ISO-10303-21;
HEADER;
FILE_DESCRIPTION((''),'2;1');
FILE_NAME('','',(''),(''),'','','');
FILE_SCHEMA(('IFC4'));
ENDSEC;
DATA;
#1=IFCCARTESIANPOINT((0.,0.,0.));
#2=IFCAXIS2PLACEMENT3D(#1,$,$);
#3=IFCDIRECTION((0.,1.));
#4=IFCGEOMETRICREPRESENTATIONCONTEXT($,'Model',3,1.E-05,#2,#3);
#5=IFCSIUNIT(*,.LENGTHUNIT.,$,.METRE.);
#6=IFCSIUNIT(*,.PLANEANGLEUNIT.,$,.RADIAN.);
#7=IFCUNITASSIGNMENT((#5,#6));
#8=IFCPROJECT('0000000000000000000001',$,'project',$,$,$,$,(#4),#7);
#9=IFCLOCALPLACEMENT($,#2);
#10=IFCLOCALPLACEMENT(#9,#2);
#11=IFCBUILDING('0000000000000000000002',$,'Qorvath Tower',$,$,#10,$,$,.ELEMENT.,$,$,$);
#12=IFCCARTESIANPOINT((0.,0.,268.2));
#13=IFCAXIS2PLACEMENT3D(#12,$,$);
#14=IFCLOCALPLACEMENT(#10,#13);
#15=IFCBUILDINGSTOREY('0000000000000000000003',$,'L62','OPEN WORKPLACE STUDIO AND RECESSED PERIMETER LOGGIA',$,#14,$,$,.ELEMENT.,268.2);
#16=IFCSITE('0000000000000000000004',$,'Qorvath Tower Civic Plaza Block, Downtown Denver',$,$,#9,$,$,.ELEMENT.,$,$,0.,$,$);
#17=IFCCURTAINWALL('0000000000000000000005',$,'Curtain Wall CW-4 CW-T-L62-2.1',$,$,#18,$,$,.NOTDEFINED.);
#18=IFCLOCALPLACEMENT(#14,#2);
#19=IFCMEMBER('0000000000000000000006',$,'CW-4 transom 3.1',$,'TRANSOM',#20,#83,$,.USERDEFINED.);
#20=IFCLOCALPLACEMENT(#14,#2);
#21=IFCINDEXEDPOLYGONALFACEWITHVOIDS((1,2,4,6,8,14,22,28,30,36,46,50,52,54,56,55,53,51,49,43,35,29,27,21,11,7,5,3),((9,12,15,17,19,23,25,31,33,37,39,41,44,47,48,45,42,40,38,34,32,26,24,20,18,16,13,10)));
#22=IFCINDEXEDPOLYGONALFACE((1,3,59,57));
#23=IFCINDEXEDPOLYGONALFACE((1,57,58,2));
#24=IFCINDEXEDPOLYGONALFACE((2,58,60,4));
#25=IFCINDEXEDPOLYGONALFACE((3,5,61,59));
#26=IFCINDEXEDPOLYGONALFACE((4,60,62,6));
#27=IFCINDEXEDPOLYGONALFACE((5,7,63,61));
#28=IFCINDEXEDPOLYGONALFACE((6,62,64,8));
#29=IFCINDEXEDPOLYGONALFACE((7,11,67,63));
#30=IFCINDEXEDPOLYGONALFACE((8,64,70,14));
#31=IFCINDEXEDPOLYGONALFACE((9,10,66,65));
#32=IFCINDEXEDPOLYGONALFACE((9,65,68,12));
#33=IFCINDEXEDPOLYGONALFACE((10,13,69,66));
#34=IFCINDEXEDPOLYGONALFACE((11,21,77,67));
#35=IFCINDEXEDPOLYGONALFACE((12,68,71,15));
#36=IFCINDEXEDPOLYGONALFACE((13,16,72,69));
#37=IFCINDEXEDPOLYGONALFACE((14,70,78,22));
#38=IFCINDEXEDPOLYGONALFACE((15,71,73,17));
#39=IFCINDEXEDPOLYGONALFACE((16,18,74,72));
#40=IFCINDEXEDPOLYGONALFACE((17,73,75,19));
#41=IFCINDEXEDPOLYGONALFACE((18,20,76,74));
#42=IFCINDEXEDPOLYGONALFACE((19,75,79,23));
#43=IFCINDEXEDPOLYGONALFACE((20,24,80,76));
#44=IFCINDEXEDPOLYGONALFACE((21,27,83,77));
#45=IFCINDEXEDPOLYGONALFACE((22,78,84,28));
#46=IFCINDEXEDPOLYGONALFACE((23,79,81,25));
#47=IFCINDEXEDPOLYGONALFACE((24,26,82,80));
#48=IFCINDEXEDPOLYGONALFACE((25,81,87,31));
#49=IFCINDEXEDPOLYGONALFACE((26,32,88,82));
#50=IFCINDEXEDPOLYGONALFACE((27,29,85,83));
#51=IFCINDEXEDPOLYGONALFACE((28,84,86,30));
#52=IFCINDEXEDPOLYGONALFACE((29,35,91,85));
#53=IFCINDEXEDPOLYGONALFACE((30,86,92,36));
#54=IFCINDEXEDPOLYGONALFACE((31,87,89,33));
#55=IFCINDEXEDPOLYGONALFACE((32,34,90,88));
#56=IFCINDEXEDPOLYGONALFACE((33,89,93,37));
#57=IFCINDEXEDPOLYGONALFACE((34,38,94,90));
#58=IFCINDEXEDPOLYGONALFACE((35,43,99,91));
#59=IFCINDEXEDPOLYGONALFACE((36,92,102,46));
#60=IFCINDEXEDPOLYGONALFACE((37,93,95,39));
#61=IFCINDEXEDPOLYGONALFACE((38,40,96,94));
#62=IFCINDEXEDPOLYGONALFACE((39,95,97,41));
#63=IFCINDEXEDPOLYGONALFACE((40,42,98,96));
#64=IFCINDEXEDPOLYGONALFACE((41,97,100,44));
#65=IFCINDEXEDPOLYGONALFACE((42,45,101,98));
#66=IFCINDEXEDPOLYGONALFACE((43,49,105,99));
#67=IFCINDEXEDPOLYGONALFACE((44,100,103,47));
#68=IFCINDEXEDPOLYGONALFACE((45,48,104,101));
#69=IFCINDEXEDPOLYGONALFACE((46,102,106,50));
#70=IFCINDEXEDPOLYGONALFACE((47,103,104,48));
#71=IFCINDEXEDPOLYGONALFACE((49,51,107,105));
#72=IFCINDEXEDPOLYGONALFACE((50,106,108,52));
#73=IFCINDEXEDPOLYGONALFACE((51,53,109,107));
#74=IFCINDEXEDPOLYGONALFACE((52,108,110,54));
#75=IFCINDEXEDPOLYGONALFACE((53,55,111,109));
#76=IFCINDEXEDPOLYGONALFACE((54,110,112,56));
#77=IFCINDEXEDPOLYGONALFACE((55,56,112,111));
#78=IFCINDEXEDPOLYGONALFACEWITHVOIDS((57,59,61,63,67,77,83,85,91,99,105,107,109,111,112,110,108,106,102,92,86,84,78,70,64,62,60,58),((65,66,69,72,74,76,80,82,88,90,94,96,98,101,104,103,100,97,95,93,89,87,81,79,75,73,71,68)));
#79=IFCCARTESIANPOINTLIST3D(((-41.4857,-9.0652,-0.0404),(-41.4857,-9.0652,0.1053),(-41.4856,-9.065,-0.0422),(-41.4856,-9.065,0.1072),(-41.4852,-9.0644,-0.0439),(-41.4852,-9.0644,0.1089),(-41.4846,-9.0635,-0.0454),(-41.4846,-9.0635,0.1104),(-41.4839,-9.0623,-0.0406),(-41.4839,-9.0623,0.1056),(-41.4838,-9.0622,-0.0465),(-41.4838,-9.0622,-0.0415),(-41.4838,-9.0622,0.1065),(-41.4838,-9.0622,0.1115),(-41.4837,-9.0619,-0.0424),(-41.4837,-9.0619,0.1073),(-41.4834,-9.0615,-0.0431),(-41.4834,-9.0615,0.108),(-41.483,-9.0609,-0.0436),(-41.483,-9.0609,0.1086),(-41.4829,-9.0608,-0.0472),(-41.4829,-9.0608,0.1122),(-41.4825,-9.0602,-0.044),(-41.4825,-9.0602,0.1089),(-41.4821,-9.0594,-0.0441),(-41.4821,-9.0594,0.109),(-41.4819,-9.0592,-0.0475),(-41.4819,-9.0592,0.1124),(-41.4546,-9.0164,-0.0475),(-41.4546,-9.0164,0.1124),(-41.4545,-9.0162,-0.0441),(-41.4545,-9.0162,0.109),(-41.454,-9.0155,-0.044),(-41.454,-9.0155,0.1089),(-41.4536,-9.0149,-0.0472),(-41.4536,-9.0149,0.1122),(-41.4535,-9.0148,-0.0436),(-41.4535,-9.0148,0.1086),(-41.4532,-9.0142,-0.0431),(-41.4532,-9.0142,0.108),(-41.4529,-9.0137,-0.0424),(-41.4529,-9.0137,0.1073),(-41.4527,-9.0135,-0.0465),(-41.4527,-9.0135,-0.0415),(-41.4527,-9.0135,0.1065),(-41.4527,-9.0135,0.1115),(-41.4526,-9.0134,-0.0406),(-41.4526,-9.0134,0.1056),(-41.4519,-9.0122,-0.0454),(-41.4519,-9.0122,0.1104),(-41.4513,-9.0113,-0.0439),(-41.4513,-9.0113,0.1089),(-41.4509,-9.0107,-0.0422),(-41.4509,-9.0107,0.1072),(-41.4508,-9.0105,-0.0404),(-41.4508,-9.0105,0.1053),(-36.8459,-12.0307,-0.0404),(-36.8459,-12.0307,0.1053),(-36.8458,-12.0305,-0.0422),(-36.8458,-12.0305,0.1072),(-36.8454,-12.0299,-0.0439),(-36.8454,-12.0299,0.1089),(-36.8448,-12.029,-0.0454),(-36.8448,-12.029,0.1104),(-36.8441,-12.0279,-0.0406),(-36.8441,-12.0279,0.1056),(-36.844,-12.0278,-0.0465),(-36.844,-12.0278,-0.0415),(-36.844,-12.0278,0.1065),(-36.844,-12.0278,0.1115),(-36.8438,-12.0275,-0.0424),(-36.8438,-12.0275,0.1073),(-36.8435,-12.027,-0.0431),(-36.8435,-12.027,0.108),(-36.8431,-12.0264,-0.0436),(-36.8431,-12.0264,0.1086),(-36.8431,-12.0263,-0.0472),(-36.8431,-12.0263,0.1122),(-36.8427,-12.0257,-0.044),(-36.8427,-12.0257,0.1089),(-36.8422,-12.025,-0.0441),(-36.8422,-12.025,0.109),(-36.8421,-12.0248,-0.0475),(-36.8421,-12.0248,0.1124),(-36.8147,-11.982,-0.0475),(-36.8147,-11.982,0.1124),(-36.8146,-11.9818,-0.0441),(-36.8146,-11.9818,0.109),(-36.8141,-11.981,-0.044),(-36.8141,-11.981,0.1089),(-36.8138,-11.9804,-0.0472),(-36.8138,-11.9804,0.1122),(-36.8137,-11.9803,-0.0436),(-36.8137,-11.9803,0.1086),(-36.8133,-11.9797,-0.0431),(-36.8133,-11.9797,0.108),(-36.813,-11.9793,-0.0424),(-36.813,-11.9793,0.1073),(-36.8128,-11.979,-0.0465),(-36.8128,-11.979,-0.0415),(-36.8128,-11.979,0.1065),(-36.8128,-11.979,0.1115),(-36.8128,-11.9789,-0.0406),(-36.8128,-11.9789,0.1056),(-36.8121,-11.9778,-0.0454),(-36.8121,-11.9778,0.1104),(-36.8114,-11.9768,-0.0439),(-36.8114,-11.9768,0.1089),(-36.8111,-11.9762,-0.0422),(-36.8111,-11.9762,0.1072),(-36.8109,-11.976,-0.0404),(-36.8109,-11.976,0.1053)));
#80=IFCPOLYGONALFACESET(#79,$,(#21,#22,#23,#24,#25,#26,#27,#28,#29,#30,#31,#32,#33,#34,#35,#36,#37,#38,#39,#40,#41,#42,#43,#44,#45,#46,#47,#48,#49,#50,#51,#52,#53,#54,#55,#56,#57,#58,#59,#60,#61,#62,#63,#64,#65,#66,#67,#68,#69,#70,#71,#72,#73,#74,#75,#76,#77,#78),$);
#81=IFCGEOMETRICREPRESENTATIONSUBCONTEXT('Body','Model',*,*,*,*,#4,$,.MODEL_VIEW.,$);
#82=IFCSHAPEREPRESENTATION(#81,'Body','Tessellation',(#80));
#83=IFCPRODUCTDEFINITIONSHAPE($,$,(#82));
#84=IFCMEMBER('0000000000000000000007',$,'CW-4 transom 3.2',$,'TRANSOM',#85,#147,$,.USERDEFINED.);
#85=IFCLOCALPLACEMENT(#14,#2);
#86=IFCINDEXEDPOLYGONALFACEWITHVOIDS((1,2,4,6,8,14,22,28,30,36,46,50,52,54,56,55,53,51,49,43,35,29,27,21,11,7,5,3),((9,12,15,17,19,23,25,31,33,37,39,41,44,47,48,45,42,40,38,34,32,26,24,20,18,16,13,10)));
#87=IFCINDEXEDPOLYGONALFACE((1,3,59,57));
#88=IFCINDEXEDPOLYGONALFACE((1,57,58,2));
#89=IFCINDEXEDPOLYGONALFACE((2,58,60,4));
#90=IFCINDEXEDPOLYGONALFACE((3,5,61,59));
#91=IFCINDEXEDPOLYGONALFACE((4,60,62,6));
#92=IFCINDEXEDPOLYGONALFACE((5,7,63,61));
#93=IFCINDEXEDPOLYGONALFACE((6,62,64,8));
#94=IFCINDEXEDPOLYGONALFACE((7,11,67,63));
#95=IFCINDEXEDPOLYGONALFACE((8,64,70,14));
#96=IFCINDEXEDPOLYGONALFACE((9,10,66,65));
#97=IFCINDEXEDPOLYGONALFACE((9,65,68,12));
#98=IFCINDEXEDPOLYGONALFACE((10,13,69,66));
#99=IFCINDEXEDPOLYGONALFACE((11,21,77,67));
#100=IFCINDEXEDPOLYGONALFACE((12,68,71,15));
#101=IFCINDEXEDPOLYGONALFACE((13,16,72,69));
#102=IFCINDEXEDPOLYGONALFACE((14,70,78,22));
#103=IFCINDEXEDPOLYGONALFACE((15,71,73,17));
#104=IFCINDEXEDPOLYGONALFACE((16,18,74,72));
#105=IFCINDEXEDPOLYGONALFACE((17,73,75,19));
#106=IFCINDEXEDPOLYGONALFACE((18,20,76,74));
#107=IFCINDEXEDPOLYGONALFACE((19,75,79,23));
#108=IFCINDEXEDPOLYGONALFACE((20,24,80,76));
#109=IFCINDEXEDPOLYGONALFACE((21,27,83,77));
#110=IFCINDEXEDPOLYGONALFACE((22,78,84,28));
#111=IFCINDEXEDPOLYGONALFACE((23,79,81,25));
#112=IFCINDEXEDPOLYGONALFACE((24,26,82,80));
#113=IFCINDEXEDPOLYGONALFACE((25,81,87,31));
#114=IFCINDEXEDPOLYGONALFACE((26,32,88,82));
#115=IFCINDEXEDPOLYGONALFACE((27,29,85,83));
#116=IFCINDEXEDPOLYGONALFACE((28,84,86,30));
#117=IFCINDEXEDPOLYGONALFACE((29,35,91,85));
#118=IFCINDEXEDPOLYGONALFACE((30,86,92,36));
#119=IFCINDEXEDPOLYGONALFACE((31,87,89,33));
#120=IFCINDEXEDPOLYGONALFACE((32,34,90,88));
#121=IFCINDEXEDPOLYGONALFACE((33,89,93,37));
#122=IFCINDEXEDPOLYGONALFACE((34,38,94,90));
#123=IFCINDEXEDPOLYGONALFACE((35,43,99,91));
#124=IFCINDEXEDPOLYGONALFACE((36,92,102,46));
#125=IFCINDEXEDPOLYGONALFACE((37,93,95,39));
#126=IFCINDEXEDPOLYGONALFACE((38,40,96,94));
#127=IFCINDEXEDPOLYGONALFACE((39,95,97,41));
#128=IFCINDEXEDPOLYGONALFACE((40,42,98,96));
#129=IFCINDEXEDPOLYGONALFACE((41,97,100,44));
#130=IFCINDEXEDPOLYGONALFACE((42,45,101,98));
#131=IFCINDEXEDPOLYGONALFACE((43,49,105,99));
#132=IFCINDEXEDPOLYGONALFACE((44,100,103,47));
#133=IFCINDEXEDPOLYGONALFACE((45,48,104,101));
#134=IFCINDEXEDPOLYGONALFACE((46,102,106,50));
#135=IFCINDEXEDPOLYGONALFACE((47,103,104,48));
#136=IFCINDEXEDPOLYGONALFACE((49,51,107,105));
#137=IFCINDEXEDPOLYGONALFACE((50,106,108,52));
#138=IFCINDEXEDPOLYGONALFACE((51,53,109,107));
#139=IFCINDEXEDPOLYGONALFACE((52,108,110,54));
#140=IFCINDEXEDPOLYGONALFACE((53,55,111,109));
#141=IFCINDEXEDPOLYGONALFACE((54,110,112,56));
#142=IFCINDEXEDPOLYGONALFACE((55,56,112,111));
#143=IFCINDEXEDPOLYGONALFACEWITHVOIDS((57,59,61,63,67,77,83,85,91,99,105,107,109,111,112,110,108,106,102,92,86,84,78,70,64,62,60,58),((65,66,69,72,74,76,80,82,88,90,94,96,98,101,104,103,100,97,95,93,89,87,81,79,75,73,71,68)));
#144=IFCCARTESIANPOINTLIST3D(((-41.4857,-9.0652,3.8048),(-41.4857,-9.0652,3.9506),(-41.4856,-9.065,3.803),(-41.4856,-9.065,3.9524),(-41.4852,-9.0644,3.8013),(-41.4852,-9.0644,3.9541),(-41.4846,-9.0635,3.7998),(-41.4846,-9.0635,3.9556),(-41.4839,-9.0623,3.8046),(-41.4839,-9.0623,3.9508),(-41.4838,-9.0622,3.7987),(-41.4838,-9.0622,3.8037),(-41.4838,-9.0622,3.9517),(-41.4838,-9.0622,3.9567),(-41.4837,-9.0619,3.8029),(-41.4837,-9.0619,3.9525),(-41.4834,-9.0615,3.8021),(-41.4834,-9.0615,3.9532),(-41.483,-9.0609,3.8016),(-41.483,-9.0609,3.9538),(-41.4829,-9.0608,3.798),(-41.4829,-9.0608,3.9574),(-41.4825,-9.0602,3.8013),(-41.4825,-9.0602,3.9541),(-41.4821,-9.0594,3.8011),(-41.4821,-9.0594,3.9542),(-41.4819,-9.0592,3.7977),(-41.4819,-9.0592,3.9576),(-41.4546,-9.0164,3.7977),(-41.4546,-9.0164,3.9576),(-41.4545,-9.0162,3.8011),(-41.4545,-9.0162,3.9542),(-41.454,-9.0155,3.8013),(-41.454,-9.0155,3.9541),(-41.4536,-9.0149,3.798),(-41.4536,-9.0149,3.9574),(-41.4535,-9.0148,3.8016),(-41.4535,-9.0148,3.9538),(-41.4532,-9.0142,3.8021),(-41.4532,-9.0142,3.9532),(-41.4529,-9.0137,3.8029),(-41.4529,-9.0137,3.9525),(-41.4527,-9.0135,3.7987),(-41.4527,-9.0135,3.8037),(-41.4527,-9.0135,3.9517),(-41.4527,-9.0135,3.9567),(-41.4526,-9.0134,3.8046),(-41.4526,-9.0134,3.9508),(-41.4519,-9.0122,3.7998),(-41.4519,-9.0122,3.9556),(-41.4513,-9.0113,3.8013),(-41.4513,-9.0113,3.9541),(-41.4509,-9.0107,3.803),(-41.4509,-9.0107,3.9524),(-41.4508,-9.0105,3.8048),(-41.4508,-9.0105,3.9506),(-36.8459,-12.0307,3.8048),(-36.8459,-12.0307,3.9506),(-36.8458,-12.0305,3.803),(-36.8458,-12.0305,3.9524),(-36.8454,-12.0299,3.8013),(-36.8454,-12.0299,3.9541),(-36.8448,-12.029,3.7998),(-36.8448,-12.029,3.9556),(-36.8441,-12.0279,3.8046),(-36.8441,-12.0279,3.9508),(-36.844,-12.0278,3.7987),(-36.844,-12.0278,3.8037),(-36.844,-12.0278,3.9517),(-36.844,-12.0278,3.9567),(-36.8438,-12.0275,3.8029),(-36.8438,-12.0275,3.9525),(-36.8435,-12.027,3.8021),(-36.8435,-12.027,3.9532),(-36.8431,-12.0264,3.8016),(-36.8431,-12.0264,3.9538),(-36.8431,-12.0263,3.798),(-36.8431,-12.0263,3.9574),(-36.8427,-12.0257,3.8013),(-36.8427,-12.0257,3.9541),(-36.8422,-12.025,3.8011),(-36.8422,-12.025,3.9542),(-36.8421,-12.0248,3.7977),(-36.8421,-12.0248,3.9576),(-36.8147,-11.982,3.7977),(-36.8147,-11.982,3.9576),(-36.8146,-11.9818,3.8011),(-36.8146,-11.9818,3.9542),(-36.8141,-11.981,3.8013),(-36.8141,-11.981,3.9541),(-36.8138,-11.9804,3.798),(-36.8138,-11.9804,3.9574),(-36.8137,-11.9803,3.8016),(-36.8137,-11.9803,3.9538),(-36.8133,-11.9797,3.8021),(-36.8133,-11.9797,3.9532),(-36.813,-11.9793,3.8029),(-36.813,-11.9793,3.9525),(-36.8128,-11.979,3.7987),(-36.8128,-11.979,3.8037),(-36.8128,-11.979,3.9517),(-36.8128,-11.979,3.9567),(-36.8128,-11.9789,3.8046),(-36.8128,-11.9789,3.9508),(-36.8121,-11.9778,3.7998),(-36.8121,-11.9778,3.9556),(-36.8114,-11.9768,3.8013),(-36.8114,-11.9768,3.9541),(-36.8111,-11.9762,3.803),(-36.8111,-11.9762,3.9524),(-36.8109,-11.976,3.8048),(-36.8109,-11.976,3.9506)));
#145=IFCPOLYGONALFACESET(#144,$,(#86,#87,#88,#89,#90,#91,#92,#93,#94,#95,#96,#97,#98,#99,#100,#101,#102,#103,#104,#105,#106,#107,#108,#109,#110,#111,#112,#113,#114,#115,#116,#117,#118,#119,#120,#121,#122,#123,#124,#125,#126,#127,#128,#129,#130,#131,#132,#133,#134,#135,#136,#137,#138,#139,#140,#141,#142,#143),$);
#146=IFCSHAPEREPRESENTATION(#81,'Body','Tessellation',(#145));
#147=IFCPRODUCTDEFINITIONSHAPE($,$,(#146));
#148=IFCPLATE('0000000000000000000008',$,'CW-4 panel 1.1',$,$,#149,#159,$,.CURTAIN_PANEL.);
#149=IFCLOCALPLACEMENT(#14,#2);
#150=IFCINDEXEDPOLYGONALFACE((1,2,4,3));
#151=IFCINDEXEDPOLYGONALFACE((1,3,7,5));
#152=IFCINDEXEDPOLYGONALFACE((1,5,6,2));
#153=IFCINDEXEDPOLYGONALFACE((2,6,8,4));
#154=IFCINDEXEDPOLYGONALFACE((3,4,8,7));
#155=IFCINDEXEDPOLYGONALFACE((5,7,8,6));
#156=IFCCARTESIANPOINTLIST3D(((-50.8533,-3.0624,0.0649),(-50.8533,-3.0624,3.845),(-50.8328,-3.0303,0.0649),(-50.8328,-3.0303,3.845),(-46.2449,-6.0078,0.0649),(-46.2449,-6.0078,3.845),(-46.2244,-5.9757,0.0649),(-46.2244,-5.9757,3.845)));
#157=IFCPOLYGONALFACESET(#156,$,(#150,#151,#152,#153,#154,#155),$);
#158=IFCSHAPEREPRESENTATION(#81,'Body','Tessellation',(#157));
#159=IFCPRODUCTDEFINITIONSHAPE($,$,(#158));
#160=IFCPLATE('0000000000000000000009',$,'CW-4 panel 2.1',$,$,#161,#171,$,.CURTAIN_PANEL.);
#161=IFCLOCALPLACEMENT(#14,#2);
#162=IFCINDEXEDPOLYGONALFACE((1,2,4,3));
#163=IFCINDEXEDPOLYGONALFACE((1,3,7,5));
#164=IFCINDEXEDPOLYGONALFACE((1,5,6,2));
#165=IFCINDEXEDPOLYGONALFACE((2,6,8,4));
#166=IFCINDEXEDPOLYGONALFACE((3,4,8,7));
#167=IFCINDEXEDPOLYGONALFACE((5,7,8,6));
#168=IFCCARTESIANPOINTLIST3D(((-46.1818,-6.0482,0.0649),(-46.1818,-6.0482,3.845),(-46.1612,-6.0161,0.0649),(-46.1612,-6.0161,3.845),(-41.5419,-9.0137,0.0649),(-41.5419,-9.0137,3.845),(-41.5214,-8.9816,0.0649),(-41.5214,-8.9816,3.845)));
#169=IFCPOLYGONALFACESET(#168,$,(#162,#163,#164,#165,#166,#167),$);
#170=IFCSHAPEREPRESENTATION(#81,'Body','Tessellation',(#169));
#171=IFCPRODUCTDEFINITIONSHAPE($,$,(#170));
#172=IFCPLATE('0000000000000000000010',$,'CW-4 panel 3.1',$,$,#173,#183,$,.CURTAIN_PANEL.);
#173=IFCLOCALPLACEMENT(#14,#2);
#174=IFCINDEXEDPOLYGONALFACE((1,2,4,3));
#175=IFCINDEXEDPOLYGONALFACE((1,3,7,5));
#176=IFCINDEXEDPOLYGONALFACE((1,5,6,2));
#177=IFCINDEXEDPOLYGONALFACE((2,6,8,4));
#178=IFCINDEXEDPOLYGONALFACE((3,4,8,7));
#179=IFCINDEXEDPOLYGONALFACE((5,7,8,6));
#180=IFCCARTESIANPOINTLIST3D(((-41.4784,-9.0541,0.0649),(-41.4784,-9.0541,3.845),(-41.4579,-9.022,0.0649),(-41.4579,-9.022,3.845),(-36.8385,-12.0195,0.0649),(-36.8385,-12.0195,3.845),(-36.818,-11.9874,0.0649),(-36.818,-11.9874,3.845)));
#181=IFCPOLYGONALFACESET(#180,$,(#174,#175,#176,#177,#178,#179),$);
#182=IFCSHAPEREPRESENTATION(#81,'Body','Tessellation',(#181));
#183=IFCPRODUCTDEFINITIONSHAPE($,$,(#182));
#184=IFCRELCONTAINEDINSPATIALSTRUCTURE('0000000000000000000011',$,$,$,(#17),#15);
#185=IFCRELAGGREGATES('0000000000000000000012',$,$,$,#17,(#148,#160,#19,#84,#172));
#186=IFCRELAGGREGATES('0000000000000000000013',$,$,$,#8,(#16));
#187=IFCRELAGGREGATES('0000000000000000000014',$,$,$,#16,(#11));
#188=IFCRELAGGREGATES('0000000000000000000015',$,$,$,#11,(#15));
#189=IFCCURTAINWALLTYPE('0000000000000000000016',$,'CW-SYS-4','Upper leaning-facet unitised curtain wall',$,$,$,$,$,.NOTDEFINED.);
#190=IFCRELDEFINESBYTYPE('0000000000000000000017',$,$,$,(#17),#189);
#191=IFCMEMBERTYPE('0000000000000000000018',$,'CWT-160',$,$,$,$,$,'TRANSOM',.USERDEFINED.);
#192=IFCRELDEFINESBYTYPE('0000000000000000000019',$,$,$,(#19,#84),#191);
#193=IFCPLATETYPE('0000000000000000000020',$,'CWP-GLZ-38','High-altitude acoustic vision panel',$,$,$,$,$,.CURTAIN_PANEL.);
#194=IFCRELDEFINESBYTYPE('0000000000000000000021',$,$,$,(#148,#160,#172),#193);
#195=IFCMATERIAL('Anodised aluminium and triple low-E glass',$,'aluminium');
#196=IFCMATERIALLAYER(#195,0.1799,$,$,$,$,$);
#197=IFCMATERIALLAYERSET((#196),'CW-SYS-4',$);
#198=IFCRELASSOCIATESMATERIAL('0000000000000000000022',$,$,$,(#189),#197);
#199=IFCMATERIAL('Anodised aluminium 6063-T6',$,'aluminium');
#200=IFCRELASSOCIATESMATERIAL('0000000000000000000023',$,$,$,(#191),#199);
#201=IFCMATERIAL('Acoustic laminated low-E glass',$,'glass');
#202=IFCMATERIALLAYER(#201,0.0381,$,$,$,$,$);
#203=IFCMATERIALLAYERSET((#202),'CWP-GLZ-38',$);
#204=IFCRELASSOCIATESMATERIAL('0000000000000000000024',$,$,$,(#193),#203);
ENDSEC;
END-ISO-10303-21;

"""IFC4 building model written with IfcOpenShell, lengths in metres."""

from ifc_helpers import new_model, si_unit, direction, frame, origin, origin_2d, place, context, subcontext, project, spatial, rectangle, hollow_rectangle, extrude, material, layer, layer_set, material_profile, profile_set, type_object, element, aggregate, save


model = new_model("IFC4")

# Units and contexts
model_context = context("Model", 3, precision=1e-05, world=origin(), true_north=direction((0.0, 1.0)))
body_context = subcontext(model_context, "Body", "Model", "MODEL_VIEW")
ifc_project = project(units=[si_unit("LENGTHUNIT", "METRE"), si_unit("PLANEANGLEUNIT", "RADIAN")], contexts=[model_context])

# Site, building, storey
site_placement = place(None, origin())
site = spatial("IfcSite", under=ifc_project, at=site_placement, Name="Qorvath Tower Civic Plaza Block, Downtown Denver", CompositionType="ELEMENT", RefElevation=0.0)
building_placement = place(site_placement, origin())
building = spatial("IfcBuilding", under=site, at=building_placement, Name="Qorvath Tower", CompositionType="ELEMENT")
storey_placement = place(building_placement, frame((0.0, 0.0, 268.2)))
storey = spatial("IfcBuildingStorey", under=building, at=storey_placement, Name="L62", Description="OPEN WORKPLACE STUDIO AND RECESSED PERIMETER LOGGIA", CompositionType="ELEMENT", Elevation=268.2)

# Curtain wall, members, plates
ifc_material_1 = material(Name="Anodised aluminium and triple low-E glass", Category="aluminium")
ifc_layer_1 = layer(ifc_material_1, 0.1799)
ifc_layer_set_1 = layer_set([ifc_layer_1], Name="CW-SYS-4")
curtain_wall_type = type_object("IfcCurtainWallType", Name="CW-SYS-4", Description="Upper leaning-facet unitised curtain wall", PredefinedType="NOTDEFINED", material=ifc_layer_set_1)
curtain_wall_placement = place(storey_placement, origin())
curtain_wall = element("IfcCurtainWall", 1, at=curtain_wall_placement, inside=storey, type_object=curtain_wall_type, Name="Curtain Wall CW-4 CW-T-L62-2.1", PredefinedType="NOTDEFINED")
ifc_material_2 = material(Name="Anodised aluminium 6063-T6", Category="aluminium")
ifc_material_profile_1 = material_profile(ifc_material_2, hollow_rectangle(XDim=0.0649, YDim=0.1599, WallThickness=0.0034, InnerFilletRadius=0.0034, OuterFilletRadius=0.0071, at=origin_2d()), Name="CWT 160x65")
ifc_profile_set_1 = profile_set([ifc_material_profile_1], Name="Anodised aluminium 6063-T6")
member_type_1 = type_object("IfcMemberType", Name="CWT-160", ElementType="TRANSOM", PredefinedType="USERDEFINED", material=ifc_profile_set_1)
member_1_placement = place(storey_placement, frame((-41.4683, -9.0378, 0.0325), z_axis=(0.842597, -0.538544, 0.0), x_axis=(0.538544, 0.842597, 0.0)))
member_1 = element("IfcMember", 2, at=member_1_placement, type_object=member_type_1, Name="CW-4 transom 3.1", ObjectType="TRANSOM", PredefinedType="USERDEFINED", context=body_context, shape_type="SweptSolid", body=[
    extrude(hollow_rectangle(XDim=0.0649, YDim=0.1599, WallThickness=0.0034, InnerFilletRadius=0.0034, OuterFilletRadius=0.0071, at=origin_2d()), origin(), (0.0, 0.0, 1.0), 5.5066),
])
member_2_placement = place(storey_placement, frame((-41.4683, -9.0378, 3.8777), z_axis=(0.842597, -0.538544, 0.0), x_axis=(0.538544, 0.842597, 0.0)))
member_2 = element("IfcMember", 3, at=member_2_placement, type_object=member_type_1, Name="CW-4 transom 3.2", ObjectType="TRANSOM", PredefinedType="USERDEFINED", context=body_context, shape_type="SweptSolid", body=[
    extrude(hollow_rectangle(XDim=0.0649, YDim=0.1599, WallThickness=0.0034, InnerFilletRadius=0.0034, OuterFilletRadius=0.0071, at=origin_2d()), origin(), (0.0, 0.0, 1.0), 5.5066),
])
ifc_material_3 = material(Name="Acoustic laminated low-E glass", Category="glass")
ifc_layer_2 = layer(ifc_material_3, 0.0381)
ifc_layer_set_2 = layer_set([ifc_layer_2], Name="CWP-GLZ-38")
plate_type = type_object("IfcPlateType", Name="CWP-GLZ-38", Description="High-altitude acoustic vision panel", PredefinedType="CURTAIN_PANEL", material=ifc_layer_set_2)
plate_1_placement = place(storey_placement, frame((-48.5388, -4.519, 0.0649), z_axis=(0.0, 0.0, 1.0), x_axis=(0.842604, -0.538534, 0.0)))
plate_1 = element("IfcPlate", 4, at=plate_1_placement, type_object=plate_type, Name="CW-4 panel 1.1", PredefinedType="CURTAIN_PANEL", context=body_context, shape_type="SweptSolid", body=[
    extrude(rectangle(XDim=5.4692, YDim=0.0381, at=origin_2d()), origin(), (0.0, 0.0, 1.0), 3.78),
])
plate_2_placement = place(storey_placement, frame((-43.8516, -7.5149, 0.0649), z_axis=(0.0, 0.0, 1.0), x_axis=(0.842604, -0.538534, 0.0)))
plate_2 = element("IfcPlate", 5, at=plate_2_placement, type_object=plate_type, Name="CW-4 panel 2.1", PredefinedType="CURTAIN_PANEL", context=body_context, shape_type="SweptSolid", body=[
    extrude(rectangle(XDim=5.5066, YDim=0.0381, at=origin_2d()), origin(), (0.0, 0.0, 1.0), 3.78),
])
plate_3_placement = place(storey_placement, frame((-39.1482, -10.5208, 0.0649), z_axis=(0.0, 0.0, 1.0), x_axis=(0.842604, -0.538534, 0.0)))
plate_3 = element("IfcPlate", 6, at=plate_3_placement, type_object=plate_type, Name="CW-4 panel 3.1", PredefinedType="CURTAIN_PANEL", context=body_context, shape_type="SweptSolid", body=[
    extrude(rectangle(XDim=5.5066, YDim=0.0381, at=origin_2d()), origin(), (0.0, 0.0, 1.0), 3.78),
])
aggregate(curtain_wall, [plate_1, plate_2, member_1, member_2, plate_3])

save(model, "model.ifc")
